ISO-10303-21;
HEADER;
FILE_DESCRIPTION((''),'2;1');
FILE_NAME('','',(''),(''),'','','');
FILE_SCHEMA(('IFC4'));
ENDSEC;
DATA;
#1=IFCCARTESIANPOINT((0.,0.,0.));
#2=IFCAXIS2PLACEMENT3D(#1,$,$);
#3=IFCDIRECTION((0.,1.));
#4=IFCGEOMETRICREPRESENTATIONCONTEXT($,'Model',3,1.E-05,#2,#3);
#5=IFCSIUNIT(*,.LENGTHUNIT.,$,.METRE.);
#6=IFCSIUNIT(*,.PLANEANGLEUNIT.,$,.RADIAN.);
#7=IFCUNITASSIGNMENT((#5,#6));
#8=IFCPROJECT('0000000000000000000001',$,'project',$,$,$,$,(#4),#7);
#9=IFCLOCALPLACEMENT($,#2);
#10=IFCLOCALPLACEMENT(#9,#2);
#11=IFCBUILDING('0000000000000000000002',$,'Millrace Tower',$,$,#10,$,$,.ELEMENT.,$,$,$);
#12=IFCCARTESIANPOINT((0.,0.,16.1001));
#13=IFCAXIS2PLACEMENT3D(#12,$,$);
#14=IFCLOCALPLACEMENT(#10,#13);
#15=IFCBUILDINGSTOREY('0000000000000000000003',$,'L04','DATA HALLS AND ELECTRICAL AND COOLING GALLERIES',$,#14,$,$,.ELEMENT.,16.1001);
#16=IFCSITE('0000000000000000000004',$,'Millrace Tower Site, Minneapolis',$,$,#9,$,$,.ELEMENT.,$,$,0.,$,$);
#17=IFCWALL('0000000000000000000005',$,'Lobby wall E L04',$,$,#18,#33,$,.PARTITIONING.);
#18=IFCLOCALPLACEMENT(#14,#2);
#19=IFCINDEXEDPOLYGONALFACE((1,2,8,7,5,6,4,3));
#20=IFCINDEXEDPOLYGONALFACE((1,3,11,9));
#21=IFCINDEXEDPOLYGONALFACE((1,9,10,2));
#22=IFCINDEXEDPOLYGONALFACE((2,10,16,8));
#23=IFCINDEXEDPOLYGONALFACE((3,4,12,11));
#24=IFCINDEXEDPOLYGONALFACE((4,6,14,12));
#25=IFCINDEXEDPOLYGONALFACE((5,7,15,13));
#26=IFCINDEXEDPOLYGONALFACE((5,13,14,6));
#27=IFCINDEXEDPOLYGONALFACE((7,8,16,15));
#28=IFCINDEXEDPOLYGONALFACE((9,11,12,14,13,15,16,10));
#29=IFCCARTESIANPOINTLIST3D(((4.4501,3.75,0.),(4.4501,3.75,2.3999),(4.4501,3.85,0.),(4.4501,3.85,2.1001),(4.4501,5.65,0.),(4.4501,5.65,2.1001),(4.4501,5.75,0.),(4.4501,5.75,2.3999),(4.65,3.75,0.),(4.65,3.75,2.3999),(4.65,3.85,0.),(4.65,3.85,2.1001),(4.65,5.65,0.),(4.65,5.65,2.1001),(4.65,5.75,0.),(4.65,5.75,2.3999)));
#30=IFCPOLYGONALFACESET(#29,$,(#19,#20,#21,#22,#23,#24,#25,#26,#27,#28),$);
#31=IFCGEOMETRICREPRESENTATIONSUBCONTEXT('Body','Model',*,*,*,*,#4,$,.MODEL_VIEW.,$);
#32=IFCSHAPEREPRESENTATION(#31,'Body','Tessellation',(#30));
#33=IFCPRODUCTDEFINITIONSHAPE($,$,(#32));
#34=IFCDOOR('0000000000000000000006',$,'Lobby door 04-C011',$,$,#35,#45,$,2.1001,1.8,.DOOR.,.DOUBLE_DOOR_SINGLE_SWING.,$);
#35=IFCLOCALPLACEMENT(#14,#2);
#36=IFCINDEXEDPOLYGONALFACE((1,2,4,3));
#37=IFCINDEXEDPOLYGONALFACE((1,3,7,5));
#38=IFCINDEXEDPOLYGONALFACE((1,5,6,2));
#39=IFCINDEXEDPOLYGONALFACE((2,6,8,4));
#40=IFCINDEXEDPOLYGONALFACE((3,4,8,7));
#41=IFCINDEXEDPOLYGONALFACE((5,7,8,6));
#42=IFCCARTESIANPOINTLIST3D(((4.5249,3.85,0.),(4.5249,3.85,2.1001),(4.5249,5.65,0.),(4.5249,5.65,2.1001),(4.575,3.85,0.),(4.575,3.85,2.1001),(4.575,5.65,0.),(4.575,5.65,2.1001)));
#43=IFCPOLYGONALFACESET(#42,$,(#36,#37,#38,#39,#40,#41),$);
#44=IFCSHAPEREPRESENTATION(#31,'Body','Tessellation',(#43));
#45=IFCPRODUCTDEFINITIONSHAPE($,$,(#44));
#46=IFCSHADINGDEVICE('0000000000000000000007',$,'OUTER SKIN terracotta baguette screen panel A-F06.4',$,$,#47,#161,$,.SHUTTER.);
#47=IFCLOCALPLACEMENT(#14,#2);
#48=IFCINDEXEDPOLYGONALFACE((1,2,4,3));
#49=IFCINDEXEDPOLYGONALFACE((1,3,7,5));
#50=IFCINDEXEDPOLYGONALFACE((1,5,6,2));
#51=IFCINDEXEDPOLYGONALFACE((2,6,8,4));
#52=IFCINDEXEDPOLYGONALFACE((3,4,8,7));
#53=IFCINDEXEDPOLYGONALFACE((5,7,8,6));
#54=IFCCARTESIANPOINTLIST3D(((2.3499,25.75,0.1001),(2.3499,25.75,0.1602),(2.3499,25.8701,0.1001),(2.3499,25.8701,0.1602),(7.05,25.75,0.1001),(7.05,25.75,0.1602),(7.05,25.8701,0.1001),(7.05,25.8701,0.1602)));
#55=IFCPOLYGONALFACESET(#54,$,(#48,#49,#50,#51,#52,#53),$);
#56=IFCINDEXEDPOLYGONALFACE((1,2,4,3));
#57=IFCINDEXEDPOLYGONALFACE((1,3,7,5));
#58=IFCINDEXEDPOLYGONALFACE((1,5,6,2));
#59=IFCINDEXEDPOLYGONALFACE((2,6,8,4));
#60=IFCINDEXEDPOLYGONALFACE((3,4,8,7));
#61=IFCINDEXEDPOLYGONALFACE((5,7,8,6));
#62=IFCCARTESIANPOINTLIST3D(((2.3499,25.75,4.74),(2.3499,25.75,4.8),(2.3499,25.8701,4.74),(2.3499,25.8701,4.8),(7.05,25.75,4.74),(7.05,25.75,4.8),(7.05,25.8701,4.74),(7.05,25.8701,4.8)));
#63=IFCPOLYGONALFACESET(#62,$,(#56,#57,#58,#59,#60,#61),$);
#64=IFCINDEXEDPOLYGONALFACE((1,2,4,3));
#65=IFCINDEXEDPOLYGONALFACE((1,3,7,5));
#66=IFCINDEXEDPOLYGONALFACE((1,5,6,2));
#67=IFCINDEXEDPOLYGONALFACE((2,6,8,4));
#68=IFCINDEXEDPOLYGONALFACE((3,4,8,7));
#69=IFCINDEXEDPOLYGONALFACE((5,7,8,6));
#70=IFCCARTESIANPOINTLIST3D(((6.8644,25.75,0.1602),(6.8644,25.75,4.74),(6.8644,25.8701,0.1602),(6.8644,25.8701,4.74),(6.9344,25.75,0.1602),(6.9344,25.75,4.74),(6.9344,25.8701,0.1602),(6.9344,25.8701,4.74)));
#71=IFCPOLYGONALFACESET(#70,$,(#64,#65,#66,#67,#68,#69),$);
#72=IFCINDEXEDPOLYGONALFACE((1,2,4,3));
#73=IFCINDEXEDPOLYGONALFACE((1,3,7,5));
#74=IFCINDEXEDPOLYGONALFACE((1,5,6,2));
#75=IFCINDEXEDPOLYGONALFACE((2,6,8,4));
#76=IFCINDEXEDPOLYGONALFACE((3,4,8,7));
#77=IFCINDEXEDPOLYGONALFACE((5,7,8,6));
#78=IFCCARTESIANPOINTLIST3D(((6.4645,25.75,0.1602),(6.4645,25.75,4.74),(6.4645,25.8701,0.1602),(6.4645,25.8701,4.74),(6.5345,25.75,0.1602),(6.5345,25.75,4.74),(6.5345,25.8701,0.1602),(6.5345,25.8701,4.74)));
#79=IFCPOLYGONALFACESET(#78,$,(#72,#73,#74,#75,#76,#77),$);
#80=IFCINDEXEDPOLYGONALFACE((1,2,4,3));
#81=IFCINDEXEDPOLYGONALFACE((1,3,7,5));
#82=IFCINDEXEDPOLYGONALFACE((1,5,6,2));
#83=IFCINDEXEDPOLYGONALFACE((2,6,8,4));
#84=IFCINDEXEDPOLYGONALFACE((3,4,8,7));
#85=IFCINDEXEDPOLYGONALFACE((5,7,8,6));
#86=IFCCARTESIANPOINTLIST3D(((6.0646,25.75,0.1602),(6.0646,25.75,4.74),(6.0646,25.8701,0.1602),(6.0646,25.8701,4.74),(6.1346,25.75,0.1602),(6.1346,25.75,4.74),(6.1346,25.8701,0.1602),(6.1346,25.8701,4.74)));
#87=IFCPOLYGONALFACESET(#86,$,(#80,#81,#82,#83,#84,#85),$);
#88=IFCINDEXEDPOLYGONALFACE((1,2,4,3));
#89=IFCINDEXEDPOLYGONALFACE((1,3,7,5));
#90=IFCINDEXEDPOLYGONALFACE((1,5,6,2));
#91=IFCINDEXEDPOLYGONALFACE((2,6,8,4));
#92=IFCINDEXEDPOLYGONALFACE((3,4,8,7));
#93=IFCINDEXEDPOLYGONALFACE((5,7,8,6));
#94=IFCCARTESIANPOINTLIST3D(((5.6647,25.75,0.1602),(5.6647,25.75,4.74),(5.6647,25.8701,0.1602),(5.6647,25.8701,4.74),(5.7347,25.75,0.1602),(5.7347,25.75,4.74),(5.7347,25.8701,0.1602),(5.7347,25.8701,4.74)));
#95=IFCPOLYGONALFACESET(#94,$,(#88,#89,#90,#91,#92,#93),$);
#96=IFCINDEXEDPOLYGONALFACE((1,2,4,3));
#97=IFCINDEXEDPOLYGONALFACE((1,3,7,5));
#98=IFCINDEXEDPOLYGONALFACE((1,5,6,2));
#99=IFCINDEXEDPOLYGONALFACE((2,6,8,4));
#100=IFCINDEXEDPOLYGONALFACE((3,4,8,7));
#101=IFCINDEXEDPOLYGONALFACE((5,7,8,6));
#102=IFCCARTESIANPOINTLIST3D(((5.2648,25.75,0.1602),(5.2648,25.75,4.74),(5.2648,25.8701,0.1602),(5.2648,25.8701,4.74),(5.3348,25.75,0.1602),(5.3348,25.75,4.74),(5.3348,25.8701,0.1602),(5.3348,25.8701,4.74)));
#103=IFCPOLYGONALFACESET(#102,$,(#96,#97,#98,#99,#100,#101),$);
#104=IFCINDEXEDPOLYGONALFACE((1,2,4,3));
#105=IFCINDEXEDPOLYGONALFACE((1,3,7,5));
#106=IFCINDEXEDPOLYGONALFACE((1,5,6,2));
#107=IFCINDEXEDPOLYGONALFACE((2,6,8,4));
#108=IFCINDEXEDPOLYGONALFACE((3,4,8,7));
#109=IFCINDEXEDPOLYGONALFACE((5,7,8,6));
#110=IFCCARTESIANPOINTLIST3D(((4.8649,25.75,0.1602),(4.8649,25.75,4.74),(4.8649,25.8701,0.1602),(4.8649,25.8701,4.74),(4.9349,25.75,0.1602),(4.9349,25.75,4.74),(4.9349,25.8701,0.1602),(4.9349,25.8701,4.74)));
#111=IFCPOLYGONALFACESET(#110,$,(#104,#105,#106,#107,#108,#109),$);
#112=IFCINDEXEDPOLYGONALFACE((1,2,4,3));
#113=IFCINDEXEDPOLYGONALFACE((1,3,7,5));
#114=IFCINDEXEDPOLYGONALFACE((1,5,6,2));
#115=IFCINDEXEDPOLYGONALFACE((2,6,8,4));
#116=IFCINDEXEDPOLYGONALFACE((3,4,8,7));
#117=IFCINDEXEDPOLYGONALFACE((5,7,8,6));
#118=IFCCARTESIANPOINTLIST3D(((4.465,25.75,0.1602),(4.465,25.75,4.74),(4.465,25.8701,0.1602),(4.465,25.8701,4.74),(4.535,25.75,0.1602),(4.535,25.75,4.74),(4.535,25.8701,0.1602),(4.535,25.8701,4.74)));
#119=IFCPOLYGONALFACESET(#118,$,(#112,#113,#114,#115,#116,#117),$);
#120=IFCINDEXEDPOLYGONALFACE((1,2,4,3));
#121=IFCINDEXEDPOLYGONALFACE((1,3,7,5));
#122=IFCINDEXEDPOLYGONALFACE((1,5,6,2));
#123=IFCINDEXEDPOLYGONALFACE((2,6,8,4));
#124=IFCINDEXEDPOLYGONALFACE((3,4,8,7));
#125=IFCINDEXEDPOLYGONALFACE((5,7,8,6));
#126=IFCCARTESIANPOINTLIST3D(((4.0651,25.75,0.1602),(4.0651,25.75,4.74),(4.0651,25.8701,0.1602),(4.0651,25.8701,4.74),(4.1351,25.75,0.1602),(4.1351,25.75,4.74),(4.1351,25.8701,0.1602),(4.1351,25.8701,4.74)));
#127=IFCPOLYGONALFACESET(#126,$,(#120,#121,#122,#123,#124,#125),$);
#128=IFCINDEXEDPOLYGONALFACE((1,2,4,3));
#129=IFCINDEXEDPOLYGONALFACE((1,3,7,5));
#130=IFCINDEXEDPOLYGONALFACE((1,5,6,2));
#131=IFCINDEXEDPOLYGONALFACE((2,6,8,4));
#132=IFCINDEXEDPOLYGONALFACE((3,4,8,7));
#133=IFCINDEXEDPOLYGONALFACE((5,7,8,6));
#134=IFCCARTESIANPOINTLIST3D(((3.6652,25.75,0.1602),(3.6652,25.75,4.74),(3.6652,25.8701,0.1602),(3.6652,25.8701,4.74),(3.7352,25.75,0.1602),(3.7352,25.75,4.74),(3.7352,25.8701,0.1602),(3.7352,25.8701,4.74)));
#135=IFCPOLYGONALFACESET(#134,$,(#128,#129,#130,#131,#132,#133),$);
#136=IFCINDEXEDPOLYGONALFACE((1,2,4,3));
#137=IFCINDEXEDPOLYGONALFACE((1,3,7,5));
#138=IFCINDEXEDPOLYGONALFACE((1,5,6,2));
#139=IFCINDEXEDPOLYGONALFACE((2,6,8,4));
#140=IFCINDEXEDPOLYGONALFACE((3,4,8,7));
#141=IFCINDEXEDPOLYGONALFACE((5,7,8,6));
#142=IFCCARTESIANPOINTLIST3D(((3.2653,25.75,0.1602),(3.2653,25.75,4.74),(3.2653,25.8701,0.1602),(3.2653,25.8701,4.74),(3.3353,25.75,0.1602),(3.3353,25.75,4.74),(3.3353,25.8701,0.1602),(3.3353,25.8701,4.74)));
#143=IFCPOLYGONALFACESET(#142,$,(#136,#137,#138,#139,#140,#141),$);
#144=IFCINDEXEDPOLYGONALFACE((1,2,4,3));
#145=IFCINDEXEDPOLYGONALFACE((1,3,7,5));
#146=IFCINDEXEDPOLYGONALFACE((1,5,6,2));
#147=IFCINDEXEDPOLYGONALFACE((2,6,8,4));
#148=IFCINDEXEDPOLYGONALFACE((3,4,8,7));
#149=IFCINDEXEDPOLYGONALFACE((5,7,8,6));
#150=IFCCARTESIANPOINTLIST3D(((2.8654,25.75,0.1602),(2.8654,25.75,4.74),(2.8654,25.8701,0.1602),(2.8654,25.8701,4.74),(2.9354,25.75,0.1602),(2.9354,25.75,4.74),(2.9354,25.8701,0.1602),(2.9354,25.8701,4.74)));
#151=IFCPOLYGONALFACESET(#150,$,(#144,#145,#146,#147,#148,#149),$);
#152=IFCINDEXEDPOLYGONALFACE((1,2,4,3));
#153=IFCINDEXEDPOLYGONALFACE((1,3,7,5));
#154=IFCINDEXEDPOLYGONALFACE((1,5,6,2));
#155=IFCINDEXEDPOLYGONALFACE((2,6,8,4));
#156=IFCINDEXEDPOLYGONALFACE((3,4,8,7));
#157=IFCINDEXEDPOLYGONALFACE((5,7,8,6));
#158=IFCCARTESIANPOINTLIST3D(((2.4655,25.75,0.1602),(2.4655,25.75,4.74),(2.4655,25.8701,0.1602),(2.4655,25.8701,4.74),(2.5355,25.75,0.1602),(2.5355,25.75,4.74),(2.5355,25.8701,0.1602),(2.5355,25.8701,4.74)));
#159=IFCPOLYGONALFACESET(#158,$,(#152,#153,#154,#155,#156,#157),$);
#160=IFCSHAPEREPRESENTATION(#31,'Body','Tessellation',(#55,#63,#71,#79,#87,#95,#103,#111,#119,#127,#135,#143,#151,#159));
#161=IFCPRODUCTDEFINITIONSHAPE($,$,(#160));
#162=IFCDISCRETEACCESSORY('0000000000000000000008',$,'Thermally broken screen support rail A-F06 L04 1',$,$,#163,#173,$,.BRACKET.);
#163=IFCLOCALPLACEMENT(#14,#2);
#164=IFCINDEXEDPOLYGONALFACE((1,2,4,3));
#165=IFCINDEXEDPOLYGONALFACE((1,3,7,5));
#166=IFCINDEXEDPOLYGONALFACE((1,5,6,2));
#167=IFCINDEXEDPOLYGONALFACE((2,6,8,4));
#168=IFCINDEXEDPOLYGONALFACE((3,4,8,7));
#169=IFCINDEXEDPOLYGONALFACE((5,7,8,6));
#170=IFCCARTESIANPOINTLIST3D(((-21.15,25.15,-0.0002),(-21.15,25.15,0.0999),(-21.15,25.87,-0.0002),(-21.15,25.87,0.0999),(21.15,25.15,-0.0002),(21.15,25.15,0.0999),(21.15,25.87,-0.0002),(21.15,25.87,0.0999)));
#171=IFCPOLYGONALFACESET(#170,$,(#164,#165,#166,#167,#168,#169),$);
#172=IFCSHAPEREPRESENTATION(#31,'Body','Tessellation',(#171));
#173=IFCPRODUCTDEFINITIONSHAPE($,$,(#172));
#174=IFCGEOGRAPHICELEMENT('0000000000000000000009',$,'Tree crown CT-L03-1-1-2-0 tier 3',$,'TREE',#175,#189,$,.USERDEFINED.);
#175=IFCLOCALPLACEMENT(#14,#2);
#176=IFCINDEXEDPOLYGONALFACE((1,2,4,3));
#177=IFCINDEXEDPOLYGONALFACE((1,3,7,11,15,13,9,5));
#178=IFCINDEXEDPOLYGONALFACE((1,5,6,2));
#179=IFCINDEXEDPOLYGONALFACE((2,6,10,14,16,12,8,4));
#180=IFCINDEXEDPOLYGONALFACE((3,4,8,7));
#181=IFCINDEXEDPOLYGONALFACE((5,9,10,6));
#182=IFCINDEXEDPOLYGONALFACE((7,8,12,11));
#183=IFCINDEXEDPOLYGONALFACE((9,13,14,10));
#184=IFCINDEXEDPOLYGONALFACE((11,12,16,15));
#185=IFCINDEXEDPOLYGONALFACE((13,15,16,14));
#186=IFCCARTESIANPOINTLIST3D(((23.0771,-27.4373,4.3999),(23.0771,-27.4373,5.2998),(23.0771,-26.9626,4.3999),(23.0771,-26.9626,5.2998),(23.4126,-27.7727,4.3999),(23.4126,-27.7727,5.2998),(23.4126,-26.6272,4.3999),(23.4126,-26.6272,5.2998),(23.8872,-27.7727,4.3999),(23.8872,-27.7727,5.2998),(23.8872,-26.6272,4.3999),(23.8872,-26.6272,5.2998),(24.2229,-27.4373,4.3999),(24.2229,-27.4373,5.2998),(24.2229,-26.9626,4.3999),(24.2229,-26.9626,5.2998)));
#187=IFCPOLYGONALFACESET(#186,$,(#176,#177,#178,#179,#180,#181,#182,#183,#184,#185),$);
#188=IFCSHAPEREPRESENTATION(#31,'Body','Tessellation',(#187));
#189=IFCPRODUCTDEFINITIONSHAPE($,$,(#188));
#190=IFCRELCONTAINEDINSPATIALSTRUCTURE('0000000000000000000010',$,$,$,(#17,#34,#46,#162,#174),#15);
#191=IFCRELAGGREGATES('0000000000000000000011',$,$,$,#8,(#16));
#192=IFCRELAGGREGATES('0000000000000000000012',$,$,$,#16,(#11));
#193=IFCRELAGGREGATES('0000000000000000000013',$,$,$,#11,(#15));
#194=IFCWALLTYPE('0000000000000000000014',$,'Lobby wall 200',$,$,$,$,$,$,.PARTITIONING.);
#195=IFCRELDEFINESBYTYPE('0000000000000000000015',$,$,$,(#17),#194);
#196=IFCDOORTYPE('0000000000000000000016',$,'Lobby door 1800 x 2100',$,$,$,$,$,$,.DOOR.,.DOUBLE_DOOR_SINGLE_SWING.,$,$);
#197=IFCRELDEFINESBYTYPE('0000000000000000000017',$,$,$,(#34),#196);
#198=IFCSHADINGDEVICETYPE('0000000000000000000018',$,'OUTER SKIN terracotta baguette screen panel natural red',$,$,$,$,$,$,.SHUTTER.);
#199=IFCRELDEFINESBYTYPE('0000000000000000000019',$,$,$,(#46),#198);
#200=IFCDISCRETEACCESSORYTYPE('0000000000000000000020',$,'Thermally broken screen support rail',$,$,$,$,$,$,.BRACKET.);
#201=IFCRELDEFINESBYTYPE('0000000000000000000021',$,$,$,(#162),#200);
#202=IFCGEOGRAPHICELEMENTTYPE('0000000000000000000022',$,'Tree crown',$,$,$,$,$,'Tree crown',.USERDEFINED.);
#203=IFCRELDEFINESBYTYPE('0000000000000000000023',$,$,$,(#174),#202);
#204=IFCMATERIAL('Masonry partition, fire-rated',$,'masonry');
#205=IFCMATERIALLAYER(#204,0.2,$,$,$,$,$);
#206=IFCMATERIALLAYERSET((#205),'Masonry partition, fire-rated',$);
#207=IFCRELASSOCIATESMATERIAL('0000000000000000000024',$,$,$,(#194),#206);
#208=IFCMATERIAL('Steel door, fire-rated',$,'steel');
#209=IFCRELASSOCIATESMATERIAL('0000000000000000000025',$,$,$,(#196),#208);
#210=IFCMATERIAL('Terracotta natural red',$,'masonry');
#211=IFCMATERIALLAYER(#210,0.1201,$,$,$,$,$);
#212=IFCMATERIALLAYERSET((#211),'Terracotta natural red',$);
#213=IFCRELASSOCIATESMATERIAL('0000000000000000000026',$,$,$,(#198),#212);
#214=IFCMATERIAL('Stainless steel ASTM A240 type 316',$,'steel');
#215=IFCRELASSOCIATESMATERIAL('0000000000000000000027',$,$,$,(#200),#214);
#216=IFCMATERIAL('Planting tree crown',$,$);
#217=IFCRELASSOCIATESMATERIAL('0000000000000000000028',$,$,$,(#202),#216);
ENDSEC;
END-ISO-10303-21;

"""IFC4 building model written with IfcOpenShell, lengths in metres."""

from ifc_helpers import new_model, entity, si_unit, direction, frame, frame_2d, origin, origin_2d, place, context, subcontext, project, spatial, polyline, rectangle, outline, extrude, source, transform, mapped, material, layer, layer_set, type_object, element, fill, save


model = new_model("IFC4")

# Units and contexts
model_context = context("Model", 3, precision=1e-05, world=origin(), true_north=direction((0.0, 1.0)))
body_context = subcontext(model_context, "Body", "Model", "MODEL_VIEW")
ifc_project = project(units=[si_unit("LENGTHUNIT", "METRE"), si_unit("PLANEANGLEUNIT", "RADIAN")], contexts=[model_context])

# Site, building, storey
site_placement = place(None, origin())
site = spatial("IfcSite", under=ifc_project, at=site_placement, Name="Millrace Tower Site, Minneapolis", CompositionType="ELEMENT", RefElevation=0.0)
building_placement = place(site_placement, origin())
building = spatial("IfcBuilding", under=site, at=building_placement, Name="Millrace Tower", CompositionType="ELEMENT")
storey_placement = place(building_placement, frame((0.0, 0.0, 16.1001)))
storey = spatial("IfcBuildingStorey", under=building, at=storey_placement, Name="L04", Description="DATA HALLS AND ELECTRICAL AND COOLING GALLERIES", CompositionType="ELEMENT", Elevation=16.1001)

# Wall, opening, door
ifc_material_1 = material(Name="Masonry partition, fire-rated", Category="masonry")
ifc_layer_1 = layer(ifc_material_1, 0.2)
ifc_layer_set_1 = layer_set([ifc_layer_1], Name="Masonry partition, fire-rated")
wall_type_1 = type_object("IfcWallType", Name="Lobby wall 200", PredefinedType="PARTITIONING", material=ifc_layer_set_1)
wall_1_placement = place(storey_placement, frame((4.55, 5.75, 0.0), z_axis=(0.0, 0.0, 1.0), x_axis=(0.0, -1.0, 0.0)))
wall_1 = element("IfcWall", 1, at=wall_1_placement, inside=storey, type_object=wall_type_1, Name="Lobby wall E L04", PredefinedType="PARTITIONING", context=body_context, shape_type="SweptSolid", body=[
    extrude(rectangle(XDim=2.0, YDim=0.2, at=frame_2d((1.0, 0.0))), origin(), (0.0, 0.0, 1.0), 2.3999),
])
opening_1_placement = place(wall_1_placement, frame((0.1001, 0.0, 0.0)))
opening_1 = element("IfcOpeningElement", 2, at=opening_1_placement, cuts=wall_1, PredefinedType="OPENING", context=body_context, shape_type="SweptSolid", body=[
    extrude(rectangle(XDim=1.8, YDim=2.1001, at=frame_2d((0.8999, 1.05))), frame((0.0, 0.1099, 0.0), z_axis=(0.0, -1.0, 0.0), x_axis=(1.0, 0.0, 0.0)), (0.0, 0.0, 1.0), 0.22),
])
ifc_material_2 = material(Name="Steel door, fire-rated", Category="steel")
door_type_1 = type_object("IfcDoorType", Name="Lobby door 1800 x 2100", OperationType="DOUBLE_DOOR_SINGLE_SWING", PredefinedType="DOOR", material=ifc_material_2)
door_1_placement = place(opening_1_placement, origin())
door_1 = element("IfcDoor", 3, at=door_1_placement, inside=storey, type_object=door_type_1, Name="Lobby door 04-C011", OperationType="DOUBLE_DOOR_SINGLE_SWING", OverallHeight=2.1001, OverallWidth=1.8, PredefinedType="DOOR", context=body_context, shape_type="SweptSolid", body=[
    extrude(rectangle(XDim=1.8, YDim=2.1001, at=frame_2d((0.8999, 1.05))), frame((0.0, 0.0249, 0.0), z_axis=(0.0, -1.0, 0.0), x_axis=(1.0, 0.0, 0.0)), (0.0, 0.0, 1.0), 0.05),
])
fill(opening_1, door_1)

# Shading device
cartesian_point = entity("IfcCartesianPoint", [-2.3501, 0.0601])
shared_polyline = entity("IfcPolyline", [cartesian_point, entity("IfcCartesianPoint", [2.3501, 0.0601]), entity("IfcCartesianPoint", [2.3501, -0.0601]), entity("IfcCartesianPoint", [-2.3501, -0.0601]), cartesian_point])
ifc_material_3 = material(Name="Terracotta natural red", Category="masonry")
ifc_layer_2 = layer(ifc_material_3, 0.1201)
ifc_layer_set_2 = layer_set([ifc_layer_2], Name="Terracotta natural red")
shading_device_type_1 = type_object("IfcShadingDeviceType", Name="OUTER SKIN terracotta baguette screen panel natural red", PredefinedType="SHUTTER", material=ifc_layer_set_2)
shared_shape_1 = source(origin(), body_context, "Body", "SweptSolid", [
    entity("IfcExtrudedAreaSolid", entity("IfcArbitraryClosedProfileDef", "AREA", None, shared_polyline), entity("IfcAxis2Placement3D", entity("IfcCartesianPoint", [0.0, 0.0, 0.0])), entity("IfcDirection", [0.0, 0.0, 1.0]), 0.0601),
    entity("IfcExtrudedAreaSolid", entity("IfcArbitraryClosedProfileDef", "AREA", None, shared_polyline), entity("IfcAxis2Placement3D", entity("IfcCartesianPoint", [0.0, 0.0, 4.6399])), entity("IfcDirection", [0.0, 0.0, 1.0]), 0.0601),
    extrude(rectangle(XDim=0.0701, YDim=0.1201, at=frame_2d((-2.1995, 0.0))), frame((0.0, 0.0, 0.0601)), (0.0, 0.0, 1.0), 4.5798),
    extrude(rectangle(XDim=0.0701, YDim=0.1201, at=frame_2d((-1.7996, 0.0))), frame((0.0, 0.0, 0.0601)), (0.0, 0.0, 1.0), 4.5798),
    extrude(rectangle(XDim=0.0701, YDim=0.1201, at=frame_2d((-1.3997, 0.0))), frame((0.0, 0.0, 0.0601)), (0.0, 0.0, 1.0), 4.5798),
    extrude(rectangle(XDim=0.0701, YDim=0.1201, at=frame_2d((-0.9998, 0.0))), frame((0.0, 0.0, 0.0601)), (0.0, 0.0, 1.0), 4.5798),
    extrude(rectangle(XDim=0.0701, YDim=0.1201, at=frame_2d((-0.5999, 0.0))), frame((0.0, 0.0, 0.0601)), (0.0, 0.0, 1.0), 4.5798),
    extrude(rectangle(XDim=0.0701, YDim=0.1201, at=frame_2d((-0.2, 0.0))), frame((0.0, 0.0, 0.0601)), (0.0, 0.0, 1.0), 4.5798),
    extrude(rectangle(XDim=0.0701, YDim=0.1201, at=frame_2d((0.2, 0.0))), frame((0.0, 0.0, 0.0601)), (0.0, 0.0, 1.0), 4.5798),
    extrude(rectangle(XDim=0.0701, YDim=0.1201, at=frame_2d((0.5999, 0.0))), frame((0.0, 0.0, 0.0601)), (0.0, 0.0, 1.0), 4.5798),
    extrude(rectangle(XDim=0.0701, YDim=0.1201, at=frame_2d((0.9998, 0.0))), frame((0.0, 0.0, 0.0601)), (0.0, 0.0, 1.0), 4.5798),
    extrude(rectangle(XDim=0.0701, YDim=0.1201, at=frame_2d((1.3997, 0.0))), frame((0.0, 0.0, 0.0601)), (0.0, 0.0, 1.0), 4.5798),
    extrude(rectangle(XDim=0.0701, YDim=0.1201, at=frame_2d((1.7996, 0.0))), frame((0.0, 0.0, 0.0601)), (0.0, 0.0, 1.0), 4.5798),
    extrude(rectangle(XDim=0.0701, YDim=0.1201, at=frame_2d((2.1995, 0.0))), frame((0.0, 0.0, 0.0601)), (0.0, 0.0, 1.0), 4.5798),
])
shading_device_1_placement = place(storey_placement, frame((4.7, 25.8101, 0.1001), z_axis=(0.0, 0.0, 1.0), x_axis=(-1.0, 0.0, 0.0)))
element("IfcShadingDevice", 4, at=shading_device_1_placement, inside=storey, type_object=shading_device_type_1, Name="OUTER SKIN terracotta baguette screen panel A-F06.4", PredefinedType="SHUTTER", context=body_context, shape_type="MappedRepresentation", body=[
    mapped(shared_shape_1, transform((0.0, 0.0, 0.0), scale=1.0)),
])

# Discrete accessory
ifc_material_4 = material(Name="Stainless steel ASTM A240 type 316", Category="steel")
discrete_accessory_type = type_object("IfcDiscreteAccessoryType", Name="Thermally broken screen support rail", PredefinedType="BRACKET", material=ifc_material_4)
discrete_accessory_placement = place(storey_placement, frame((0.0, 25.51, -0.0002), z_axis=(0.0, 0.0, 1.0), x_axis=(-1.0, 0.0, 0.0)))
element("IfcDiscreteAccessory", 5, at=discrete_accessory_placement, inside=storey, type_object=discrete_accessory_type, Name="Thermally broken screen support rail A-F06 L04 1", PredefinedType="BRACKET", context=body_context, shape_type="SweptSolid", body=[
    extrude(rectangle(XDim=42.3, YDim=0.72, at=origin_2d()), origin(), (0.0, 0.0, 1.0), 0.1001),
])

# Geographic element
ifc_material_5 = material(Name="Planting tree crown")
geographic_element_type = type_object("IfcGeographicElementType", Name="Tree crown", ElementType="Tree crown", PredefinedType="USERDEFINED", material=ifc_material_5)
geographic_element_placement = place(storey_placement, frame((0.0, 0.0, 4.3999)))
element("IfcGeographicElement", 6, at=geographic_element_placement, inside=storey, type_object=geographic_element_type, Name="Tree crown CT-L03-1-1-2-0 tier 3", ObjectType="TREE", PredefinedType="USERDEFINED", context=body_context, shape_type="SweptSolid", body=[
    extrude(outline(polyline([(24.2229, -26.9626), (23.8872, -26.6272), (23.4126, -26.6272), (23.0771, -26.9626), (23.0771, -27.4373), (23.4126, -27.7727), (23.8872, -27.7727), (24.2229, -27.4373), (24.2229, -26.9626)])), origin(), (0.0, 0.0, 1.0), 0.8999),
])

save(model, "model.ifc")
